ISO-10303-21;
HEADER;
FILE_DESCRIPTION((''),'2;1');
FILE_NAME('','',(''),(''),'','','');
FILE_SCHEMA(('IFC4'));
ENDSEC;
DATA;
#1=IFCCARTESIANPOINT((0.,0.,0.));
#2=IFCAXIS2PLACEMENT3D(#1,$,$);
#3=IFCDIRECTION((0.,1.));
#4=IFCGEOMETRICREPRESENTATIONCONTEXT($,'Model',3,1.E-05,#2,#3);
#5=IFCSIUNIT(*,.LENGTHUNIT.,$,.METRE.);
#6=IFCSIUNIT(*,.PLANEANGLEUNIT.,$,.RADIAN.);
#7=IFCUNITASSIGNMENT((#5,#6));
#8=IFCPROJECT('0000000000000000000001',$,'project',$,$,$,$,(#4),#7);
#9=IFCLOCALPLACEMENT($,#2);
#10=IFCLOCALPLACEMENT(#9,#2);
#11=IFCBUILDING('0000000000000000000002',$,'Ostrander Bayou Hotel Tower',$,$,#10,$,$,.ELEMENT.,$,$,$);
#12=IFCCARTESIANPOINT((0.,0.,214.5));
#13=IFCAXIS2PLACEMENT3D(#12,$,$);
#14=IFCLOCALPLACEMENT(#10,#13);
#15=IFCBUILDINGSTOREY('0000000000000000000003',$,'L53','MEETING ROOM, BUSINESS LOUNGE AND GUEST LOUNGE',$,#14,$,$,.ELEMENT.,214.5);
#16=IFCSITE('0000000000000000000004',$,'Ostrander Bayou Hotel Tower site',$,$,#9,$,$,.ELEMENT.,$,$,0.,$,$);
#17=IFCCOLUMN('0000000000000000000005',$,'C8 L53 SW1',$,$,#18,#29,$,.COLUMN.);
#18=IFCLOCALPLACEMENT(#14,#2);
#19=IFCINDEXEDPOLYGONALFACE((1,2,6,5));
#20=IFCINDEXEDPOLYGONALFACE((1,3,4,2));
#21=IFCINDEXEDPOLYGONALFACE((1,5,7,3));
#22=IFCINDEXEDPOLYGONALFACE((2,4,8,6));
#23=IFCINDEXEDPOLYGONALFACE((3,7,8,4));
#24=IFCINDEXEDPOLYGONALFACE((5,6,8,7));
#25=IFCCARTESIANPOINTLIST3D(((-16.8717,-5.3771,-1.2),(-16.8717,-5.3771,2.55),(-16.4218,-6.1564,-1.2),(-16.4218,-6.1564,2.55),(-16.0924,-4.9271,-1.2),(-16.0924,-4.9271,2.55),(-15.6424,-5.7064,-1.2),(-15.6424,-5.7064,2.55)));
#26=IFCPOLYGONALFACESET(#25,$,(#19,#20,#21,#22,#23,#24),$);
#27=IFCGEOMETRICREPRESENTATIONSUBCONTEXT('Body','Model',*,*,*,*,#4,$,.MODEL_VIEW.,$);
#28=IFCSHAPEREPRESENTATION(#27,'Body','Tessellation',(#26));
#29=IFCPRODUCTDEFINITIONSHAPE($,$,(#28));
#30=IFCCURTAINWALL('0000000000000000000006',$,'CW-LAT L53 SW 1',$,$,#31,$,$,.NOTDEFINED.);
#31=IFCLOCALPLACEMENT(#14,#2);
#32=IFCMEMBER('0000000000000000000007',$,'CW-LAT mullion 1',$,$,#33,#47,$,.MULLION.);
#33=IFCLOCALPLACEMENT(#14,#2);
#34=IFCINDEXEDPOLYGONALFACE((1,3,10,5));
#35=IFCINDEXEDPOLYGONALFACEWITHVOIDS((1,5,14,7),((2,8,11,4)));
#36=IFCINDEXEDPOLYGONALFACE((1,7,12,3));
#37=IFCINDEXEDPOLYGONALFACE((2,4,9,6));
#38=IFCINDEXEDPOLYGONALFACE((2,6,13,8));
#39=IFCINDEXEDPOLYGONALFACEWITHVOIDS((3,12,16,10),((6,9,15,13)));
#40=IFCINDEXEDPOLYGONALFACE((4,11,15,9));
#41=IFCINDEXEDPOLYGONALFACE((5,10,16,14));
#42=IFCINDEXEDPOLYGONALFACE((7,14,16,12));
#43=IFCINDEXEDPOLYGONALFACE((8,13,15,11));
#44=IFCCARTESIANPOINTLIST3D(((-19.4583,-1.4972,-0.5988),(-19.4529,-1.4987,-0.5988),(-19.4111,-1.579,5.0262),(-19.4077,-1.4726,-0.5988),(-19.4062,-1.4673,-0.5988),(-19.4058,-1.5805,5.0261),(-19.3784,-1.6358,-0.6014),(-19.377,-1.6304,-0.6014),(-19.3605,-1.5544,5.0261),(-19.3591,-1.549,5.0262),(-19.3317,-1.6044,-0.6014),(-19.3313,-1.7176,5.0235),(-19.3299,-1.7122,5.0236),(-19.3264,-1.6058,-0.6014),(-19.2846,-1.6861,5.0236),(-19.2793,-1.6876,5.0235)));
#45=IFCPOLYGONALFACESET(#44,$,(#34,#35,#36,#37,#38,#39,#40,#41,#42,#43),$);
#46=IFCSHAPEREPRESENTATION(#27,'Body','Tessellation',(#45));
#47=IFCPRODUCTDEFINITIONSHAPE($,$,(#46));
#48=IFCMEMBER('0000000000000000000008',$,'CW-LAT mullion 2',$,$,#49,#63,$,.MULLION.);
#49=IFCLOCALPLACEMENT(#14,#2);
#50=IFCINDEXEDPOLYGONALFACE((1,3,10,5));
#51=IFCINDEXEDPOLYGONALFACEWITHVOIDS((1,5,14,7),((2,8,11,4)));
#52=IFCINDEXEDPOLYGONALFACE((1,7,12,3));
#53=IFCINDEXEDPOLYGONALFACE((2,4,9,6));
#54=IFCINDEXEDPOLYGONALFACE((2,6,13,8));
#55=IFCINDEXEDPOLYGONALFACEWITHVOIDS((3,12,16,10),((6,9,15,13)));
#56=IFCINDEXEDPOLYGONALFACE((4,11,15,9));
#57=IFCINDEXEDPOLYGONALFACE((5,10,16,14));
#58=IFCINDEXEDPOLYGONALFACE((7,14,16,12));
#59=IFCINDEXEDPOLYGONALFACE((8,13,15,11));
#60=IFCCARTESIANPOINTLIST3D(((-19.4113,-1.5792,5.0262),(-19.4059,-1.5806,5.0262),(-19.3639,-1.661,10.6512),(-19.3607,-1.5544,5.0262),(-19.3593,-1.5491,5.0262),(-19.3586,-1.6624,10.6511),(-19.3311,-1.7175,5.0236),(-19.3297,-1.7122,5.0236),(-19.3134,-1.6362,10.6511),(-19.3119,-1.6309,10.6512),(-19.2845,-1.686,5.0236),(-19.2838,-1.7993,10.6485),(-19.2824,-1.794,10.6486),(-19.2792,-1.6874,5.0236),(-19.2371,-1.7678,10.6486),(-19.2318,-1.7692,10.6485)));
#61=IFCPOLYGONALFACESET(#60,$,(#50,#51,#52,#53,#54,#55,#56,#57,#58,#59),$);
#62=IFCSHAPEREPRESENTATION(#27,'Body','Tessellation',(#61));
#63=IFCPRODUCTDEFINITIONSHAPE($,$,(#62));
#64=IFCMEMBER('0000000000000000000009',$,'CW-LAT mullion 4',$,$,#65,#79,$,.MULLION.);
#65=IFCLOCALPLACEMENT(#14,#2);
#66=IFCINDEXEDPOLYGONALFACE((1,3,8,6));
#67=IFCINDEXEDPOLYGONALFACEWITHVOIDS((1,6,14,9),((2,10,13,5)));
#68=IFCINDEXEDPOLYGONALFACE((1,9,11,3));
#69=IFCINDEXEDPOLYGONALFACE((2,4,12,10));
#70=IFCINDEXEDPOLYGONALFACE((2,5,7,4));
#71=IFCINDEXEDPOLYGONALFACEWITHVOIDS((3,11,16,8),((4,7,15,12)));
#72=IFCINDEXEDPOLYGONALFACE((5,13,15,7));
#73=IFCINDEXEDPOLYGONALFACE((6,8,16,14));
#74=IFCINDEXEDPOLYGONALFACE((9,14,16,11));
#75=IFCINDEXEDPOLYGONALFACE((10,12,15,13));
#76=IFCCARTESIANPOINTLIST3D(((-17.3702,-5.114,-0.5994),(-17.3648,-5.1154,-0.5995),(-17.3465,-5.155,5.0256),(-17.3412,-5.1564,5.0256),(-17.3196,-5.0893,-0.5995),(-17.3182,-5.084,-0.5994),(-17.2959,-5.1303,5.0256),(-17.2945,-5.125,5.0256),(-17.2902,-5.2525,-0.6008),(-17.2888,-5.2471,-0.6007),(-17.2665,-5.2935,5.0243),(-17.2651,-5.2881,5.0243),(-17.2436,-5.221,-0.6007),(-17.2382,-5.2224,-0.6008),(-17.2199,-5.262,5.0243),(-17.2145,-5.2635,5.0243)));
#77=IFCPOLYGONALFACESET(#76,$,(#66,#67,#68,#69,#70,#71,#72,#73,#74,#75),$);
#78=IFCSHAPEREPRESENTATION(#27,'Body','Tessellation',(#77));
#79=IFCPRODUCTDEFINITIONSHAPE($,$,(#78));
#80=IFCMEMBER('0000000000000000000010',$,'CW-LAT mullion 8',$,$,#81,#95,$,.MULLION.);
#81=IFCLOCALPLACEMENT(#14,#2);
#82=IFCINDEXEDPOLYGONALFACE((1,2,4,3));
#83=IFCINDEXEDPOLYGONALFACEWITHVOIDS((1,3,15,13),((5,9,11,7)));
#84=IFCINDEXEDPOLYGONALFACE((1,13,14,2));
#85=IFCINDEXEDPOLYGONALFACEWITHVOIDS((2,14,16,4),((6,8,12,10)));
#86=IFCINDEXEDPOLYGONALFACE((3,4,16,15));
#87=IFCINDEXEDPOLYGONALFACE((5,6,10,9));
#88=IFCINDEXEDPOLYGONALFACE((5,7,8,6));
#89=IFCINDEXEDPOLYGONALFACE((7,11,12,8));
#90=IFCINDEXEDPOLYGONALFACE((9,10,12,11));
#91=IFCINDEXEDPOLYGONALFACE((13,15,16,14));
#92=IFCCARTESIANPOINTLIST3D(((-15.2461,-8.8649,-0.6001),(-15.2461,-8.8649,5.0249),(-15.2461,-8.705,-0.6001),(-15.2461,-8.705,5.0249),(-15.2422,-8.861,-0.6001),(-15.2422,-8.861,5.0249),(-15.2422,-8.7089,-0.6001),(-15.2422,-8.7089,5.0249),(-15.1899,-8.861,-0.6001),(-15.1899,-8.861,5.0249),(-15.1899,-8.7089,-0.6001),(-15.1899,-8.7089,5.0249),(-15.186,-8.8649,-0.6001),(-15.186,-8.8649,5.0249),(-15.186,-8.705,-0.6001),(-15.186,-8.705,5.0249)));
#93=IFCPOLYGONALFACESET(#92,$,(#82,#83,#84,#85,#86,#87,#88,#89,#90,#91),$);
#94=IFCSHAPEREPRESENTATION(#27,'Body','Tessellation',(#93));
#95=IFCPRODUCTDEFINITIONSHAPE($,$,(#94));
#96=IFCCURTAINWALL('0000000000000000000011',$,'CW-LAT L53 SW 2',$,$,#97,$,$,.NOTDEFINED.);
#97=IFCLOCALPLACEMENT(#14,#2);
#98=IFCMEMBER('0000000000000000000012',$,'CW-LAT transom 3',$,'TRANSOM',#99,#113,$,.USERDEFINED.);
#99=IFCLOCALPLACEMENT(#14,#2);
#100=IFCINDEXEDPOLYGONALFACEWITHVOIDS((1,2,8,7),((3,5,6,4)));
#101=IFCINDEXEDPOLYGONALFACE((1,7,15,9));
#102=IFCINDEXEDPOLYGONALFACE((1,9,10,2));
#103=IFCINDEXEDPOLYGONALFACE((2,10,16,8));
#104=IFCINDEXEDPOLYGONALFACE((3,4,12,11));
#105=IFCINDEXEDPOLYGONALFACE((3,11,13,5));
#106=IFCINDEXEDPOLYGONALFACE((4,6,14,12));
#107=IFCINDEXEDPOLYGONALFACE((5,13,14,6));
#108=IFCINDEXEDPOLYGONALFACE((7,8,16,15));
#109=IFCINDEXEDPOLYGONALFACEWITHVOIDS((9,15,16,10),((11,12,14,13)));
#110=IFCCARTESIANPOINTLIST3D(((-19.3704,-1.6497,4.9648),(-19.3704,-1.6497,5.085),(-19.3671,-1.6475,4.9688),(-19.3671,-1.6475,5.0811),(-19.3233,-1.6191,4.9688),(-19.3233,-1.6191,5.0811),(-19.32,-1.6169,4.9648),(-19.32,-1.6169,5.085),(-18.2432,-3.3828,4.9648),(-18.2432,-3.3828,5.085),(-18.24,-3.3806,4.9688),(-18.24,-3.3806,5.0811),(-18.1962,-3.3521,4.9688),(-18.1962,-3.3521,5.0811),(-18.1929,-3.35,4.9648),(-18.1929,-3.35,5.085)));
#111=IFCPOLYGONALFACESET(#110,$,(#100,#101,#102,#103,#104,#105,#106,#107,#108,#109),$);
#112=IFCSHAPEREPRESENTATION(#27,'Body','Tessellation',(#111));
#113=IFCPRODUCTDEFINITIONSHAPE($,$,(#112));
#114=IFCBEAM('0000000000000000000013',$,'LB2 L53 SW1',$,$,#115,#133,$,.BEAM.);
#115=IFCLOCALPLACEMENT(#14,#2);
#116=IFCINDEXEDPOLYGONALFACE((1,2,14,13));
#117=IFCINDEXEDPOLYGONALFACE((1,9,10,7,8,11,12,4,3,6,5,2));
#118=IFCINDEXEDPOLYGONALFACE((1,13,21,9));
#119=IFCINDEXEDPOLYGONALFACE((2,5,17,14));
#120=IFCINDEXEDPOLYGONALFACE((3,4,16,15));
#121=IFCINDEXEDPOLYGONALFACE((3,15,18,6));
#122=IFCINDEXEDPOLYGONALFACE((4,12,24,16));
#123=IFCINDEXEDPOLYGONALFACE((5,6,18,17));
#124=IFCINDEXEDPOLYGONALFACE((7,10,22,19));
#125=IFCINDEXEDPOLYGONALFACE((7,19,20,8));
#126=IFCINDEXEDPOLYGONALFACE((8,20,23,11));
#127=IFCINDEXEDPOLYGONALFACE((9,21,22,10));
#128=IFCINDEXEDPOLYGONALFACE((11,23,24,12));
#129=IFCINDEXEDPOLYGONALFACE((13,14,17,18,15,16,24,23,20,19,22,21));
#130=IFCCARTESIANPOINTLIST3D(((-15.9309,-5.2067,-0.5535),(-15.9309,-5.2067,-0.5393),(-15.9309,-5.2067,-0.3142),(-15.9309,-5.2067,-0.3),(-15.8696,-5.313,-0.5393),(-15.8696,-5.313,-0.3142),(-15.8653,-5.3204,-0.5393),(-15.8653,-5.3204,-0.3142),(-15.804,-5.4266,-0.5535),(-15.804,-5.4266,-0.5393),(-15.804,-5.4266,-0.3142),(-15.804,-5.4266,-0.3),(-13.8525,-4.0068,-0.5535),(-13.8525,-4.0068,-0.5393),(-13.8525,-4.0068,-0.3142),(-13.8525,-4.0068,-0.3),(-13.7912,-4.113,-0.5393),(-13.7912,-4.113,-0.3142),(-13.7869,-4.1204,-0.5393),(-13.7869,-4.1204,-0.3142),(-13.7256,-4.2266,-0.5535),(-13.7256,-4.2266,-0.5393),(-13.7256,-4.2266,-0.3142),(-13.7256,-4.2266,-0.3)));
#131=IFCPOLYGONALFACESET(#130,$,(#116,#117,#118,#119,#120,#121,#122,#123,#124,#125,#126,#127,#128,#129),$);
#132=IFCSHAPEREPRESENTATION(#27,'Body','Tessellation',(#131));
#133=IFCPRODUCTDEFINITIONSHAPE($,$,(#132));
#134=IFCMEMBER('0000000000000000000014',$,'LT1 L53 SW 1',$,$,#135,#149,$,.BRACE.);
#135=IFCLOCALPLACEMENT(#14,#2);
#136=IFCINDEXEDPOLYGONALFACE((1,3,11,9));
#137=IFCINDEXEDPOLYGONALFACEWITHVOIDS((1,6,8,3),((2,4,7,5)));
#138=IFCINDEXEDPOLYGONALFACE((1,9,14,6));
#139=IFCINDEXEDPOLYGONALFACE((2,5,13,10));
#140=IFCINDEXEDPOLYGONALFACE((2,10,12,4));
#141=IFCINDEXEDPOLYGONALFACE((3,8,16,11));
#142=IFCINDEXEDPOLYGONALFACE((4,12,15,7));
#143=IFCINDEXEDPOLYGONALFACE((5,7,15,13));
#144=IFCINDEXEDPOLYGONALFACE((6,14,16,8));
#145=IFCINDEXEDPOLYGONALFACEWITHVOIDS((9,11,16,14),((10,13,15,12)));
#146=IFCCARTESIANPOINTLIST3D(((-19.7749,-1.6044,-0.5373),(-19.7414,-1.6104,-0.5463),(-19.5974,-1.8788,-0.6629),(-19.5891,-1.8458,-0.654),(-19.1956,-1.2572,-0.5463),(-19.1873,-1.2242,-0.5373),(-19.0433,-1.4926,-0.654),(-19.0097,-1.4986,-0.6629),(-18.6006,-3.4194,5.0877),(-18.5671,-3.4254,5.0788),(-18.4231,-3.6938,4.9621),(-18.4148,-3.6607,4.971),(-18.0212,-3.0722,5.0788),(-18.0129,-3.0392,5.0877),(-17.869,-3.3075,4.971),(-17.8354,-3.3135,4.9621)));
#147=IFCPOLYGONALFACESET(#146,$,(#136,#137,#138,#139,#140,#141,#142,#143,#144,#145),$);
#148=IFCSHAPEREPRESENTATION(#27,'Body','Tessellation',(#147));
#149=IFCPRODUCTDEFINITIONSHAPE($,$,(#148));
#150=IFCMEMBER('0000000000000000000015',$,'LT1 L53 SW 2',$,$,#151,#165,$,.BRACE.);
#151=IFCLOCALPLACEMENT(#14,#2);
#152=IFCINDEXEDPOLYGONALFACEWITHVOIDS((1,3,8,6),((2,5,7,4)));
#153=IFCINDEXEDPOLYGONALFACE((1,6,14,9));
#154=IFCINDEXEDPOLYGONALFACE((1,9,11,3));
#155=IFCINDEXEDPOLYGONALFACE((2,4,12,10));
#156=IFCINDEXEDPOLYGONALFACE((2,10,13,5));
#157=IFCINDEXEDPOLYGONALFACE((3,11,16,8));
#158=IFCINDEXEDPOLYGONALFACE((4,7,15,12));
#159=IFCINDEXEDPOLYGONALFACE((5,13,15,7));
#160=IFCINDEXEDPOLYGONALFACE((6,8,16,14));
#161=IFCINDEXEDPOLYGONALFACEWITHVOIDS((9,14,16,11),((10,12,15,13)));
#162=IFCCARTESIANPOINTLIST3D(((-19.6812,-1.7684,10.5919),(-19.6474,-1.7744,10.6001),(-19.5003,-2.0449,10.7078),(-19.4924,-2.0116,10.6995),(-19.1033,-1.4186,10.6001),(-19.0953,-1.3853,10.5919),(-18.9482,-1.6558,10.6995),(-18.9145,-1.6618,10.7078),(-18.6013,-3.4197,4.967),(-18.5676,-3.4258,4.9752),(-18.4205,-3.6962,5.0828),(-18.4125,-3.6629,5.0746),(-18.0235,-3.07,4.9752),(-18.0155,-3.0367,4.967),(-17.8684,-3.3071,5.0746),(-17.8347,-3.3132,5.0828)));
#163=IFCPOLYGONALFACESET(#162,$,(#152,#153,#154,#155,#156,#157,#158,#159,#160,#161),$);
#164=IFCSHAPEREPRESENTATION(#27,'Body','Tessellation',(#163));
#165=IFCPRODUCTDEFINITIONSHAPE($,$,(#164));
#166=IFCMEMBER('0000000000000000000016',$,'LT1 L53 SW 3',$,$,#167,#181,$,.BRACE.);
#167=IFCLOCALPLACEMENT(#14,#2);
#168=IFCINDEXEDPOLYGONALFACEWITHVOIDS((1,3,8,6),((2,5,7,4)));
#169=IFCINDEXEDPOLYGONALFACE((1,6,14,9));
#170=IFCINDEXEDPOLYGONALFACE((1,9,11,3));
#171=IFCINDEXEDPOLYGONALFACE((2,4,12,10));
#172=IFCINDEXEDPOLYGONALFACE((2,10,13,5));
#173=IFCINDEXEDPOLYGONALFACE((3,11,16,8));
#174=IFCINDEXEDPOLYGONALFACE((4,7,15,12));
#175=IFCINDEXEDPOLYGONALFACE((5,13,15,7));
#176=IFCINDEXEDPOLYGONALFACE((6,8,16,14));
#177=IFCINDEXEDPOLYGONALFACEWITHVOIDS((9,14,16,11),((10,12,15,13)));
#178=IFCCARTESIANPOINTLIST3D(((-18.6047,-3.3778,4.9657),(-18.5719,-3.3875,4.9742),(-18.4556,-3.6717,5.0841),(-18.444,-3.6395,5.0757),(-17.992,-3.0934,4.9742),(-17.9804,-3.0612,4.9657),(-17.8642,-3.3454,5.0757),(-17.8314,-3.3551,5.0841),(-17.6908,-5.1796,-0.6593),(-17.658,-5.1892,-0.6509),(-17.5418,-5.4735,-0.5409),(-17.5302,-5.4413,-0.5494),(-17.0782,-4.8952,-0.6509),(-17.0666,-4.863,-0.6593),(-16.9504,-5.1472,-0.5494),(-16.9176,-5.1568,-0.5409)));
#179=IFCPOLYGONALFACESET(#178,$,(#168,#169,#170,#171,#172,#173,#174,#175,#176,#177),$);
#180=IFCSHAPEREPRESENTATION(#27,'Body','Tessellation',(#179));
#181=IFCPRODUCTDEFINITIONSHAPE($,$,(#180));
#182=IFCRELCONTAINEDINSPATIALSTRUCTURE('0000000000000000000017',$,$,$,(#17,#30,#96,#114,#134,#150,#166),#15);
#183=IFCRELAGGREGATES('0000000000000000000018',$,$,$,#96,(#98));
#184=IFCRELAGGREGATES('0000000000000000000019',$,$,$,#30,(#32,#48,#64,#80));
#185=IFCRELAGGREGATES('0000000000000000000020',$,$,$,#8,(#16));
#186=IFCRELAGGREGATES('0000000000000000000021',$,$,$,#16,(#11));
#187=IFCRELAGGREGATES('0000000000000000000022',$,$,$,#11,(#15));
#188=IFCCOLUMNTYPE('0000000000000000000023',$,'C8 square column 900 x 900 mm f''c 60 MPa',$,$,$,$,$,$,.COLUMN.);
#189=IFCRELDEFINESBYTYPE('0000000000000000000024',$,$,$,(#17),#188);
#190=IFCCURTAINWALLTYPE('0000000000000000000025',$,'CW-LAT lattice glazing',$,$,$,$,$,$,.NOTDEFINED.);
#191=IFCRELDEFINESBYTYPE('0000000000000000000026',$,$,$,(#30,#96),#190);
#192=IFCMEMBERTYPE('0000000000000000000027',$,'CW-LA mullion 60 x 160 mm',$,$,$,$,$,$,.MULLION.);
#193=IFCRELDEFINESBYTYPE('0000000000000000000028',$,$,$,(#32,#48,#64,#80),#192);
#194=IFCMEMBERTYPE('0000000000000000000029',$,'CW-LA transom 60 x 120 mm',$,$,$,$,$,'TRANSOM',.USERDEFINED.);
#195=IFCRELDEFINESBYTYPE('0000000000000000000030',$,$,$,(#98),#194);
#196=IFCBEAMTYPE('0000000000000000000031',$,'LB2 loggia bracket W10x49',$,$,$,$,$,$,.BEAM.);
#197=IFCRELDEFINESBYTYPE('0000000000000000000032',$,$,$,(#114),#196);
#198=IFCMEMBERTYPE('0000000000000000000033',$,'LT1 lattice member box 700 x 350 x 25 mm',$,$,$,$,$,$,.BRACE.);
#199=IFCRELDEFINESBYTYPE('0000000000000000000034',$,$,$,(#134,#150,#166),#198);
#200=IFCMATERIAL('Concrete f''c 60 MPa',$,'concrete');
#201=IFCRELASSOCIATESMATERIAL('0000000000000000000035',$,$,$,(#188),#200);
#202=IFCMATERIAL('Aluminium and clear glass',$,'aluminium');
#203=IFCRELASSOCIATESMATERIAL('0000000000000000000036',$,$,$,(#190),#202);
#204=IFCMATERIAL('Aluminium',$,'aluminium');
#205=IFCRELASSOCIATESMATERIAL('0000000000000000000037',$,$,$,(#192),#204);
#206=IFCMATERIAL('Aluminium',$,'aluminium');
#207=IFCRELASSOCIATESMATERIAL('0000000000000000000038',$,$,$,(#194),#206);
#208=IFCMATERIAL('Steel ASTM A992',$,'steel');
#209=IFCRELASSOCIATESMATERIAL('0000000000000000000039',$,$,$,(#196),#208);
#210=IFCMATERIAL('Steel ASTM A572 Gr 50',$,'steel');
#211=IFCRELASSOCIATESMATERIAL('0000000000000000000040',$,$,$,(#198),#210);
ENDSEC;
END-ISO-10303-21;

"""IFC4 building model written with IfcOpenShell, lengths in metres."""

from ifc_helpers import new_model, si_unit, direction, frame, origin, origin_2d, place, context, subcontext, project, spatial, rectangle, hollow_rectangle, i_section, extrude, material, material_profile, profile_set, type_object, element, aggregate, save


model = new_model("IFC4")

# Units and contexts
model_context = context("Model", 3, precision=1e-05, world=origin(), true_north=direction((0.0, 1.0)))
body_context = subcontext(model_context, "Body", "Model", "MODEL_VIEW")
ifc_project = project(units=[si_unit("LENGTHUNIT", "METRE"), si_unit("PLANEANGLEUNIT", "RADIAN")], contexts=[model_context])

# Site, building, storey
site_placement = place(None, origin())
site = spatial("IfcSite", under=ifc_project, at=site_placement, Name="Ostrander Bayou Hotel Tower site", CompositionType="ELEMENT", RefElevation=0.0)
building_placement = place(site_placement, origin())
building = spatial("IfcBuilding", under=site, at=building_placement, Name="Ostrander Bayou Hotel Tower", CompositionType="ELEMENT")
storey_placement = place(building_placement, frame((0.0, 0.0, 214.5)))
storey = spatial("IfcBuildingStorey", under=building, at=storey_placement, Name="L53", Description="MEETING ROOM, BUSINESS LOUNGE AND GUEST LOUNGE", CompositionType="ELEMENT", Elevation=214.5)

# Column
ifc_material_1 = material(Name="Concrete f'c 60 MPa", Category="concrete")
ifc_material_profile_1 = material_profile(ifc_material_1, rectangle(XDim=0.8999, YDim=0.8999, at=origin_2d()))
ifc_profile_set_1 = profile_set([ifc_material_profile_1], Name="Concrete f'c 60 MPa")
column_type = type_object("IfcColumnType", Name="C8 square column 900 x 900 mm f'c 60 MPa", PredefinedType="COLUMN", material=ifc_profile_set_1)
column_placement = place(storey_placement, frame((-16.2571, -5.5417, -1.2), z_axis=(0.0, 0.0, 1.0), x_axis=(-0.5, 0.866025, 0.0)))
element("IfcColumn", 1, at=column_placement, inside=storey, type_object=column_type, Name="C8 L53 SW1", PredefinedType="COLUMN", context=body_context, shape_type="SweptSolid", body=[
    extrude(rectangle(XDim=0.8999, YDim=0.8999, at=origin_2d()), origin(), (0.0, 0.0, 1.0), 3.75),
])

# Curtain wall, members
ifc_material_2 = material(Name="Aluminium and clear glass", Category="aluminium")
curtain_wall_type = type_object("IfcCurtainWallType", Name="CW-LAT lattice glazing", PredefinedType="NOTDEFINED", material=ifc_material_2)
curtain_wall_1_placement = place(storey_placement, origin())
curtain_wall_1 = element("IfcCurtainWall", 2, at=curtain_wall_1_placement, inside=storey, type_object=curtain_wall_type, Name="CW-LAT L53 SW 1", PredefinedType="NOTDEFINED")
ifc_material_3 = material(Name="Aluminium", Category="aluminium")
ifc_material_profile_2 = material_profile(ifc_material_3, hollow_rectangle(XDim=0.0601, YDim=0.1599, WallThickness=0.0039, at=origin_2d()))
ifc_profile_set_2 = profile_set([ifc_material_profile_2], Name="Aluminium")
member_type_1 = type_object("IfcMemberType", Name="CW-LA mullion 60 x 160 mm", PredefinedType="MULLION", material=ifc_profile_set_2)
member_1_placement = place(storey_placement, frame((-19.3923, -1.5515, -0.6001), z_axis=(0.008376, -0.014538, 0.999859), x_axis=(0.866487, 0.4992, 0.0)))
member_1 = element("IfcMember", 3, at=member_1_placement, type_object=member_type_1, Name="CW-LAT mullion 1", PredefinedType="MULLION", context=body_context, shape_type="SweptSolid", body=[
    extrude(hollow_rectangle(XDim=0.0601, YDim=0.1599, WallThickness=0.0039, at=origin_2d()), origin(), (0.0, 0.0, 1.0), 5.6257),
])
member_2_placement = place(storey_placement, frame((-19.3452, -1.6333, 5.0249), z_axis=(0.008419, -0.014538, 0.999859), x_axis=(0.865367, 0.501138, 0.0)))
member_2 = element("IfcMember", 4, at=member_2_placement, type_object=member_type_1, Name="CW-LAT mullion 2", PredefinedType="MULLION", context=body_context, shape_type="SweptSolid", body=[
    extrude(hollow_rectangle(XDim=0.0601, YDim=0.1599, WallThickness=0.0039, at=origin_2d()), origin(), (0.0, 0.0, 1.0), 5.6257),
])
member_3_placement = place(storey_placement, frame((-17.3042, -5.1682, -0.6001), z_axis=(0.00421, -0.007291, 0.999965), x_axis=(0.866014, 0.50002, 0.0)))
member_3 = element("IfcMember", 5, at=member_3_placement, type_object=member_type_1, Name="CW-LAT mullion 4", PredefinedType="MULLION", context=body_context, shape_type="SweptSolid", body=[
    extrude(hollow_rectangle(XDim=0.0601, YDim=0.1599, WallThickness=0.0039, at=origin_2d()), origin(), (0.0, 0.0, 1.0), 5.6252),
])
member_4_placement = place(storey_placement, frame((-15.2161, -8.7849, -0.6001), z_axis=(0.0, 0.0, 1.0), x_axis=(1.0, 0.0, 0.0)))
member_4 = element("IfcMember", 6, at=member_4_placement, type_object=member_type_1, Name="CW-LAT mullion 8", PredefinedType="MULLION", context=body_context, shape_type="SweptSolid", body=[
    extrude(hollow_rectangle(XDim=0.0601, YDim=0.1599, WallThickness=0.0039, at=origin_2d()), origin(), (0.0, 0.0, 1.0), 5.625),
])

# Curtain wall, member
curtain_wall_2_placement = place(storey_placement, origin())
curtain_wall_2 = element("IfcCurtainWall", 7, at=curtain_wall_2_placement, inside=storey, type_object=curtain_wall_type, Name="CW-LAT L53 SW 2", PredefinedType="NOTDEFINED")
ifc_material_4 = material(Name="Aluminium", Category="aluminium")
ifc_material_profile_3 = material_profile(ifc_material_4, hollow_rectangle(XDim=0.0601, YDim=0.1201, WallThickness=0.0039, at=origin_2d()))
ifc_profile_set_3 = profile_set([ifc_material_profile_3], Name="Aluminium")
member_type_2 = type_object("IfcMemberType", Name="CW-LA transom 60 x 120 mm", ElementType="TRANSOM", PredefinedType="USERDEFINED", material=ifc_profile_set_3)
member_5_placement = place(storey_placement, frame((-19.3452, -1.6333, 5.0249), z_axis=(0.545208, -0.838301, 0.0), x_axis=(0.838301, 0.545208, 0.0)))
member_5 = element("IfcMember", 8, at=member_5_placement, type_object=member_type_2, Name="CW-LAT transom 3", ObjectType="TRANSOM", PredefinedType="USERDEFINED", context=body_context, shape_type="SweptSolid", body=[
    extrude(hollow_rectangle(XDim=0.0601, YDim=0.1201, WallThickness=0.0039, at=origin_2d()), origin(), (0.0, 0.0, 1.0), 2.0674),
])
aggregate(curtain_wall_2, [member_5])

# Beam
ifc_material_5 = material(Name="Steel ASTM A992", Category="steel")
ifc_material_profile_4 = material_profile(ifc_material_5, i_section(OverallWidth=0.2539, OverallDepth=0.2534, WebThickness=0.0085, FlangeThickness=0.0142, at=origin_2d()))
ifc_profile_set_4 = profile_set([ifc_material_profile_4], Name="Steel ASTM A992")
beam_type_1 = type_object("IfcBeamType", Name="LB2 loggia bracket W10x49", PredefinedType="BEAM", material=ifc_profile_set_4)
beam_1_placement = place(storey_placement, frame((-15.8674, -5.3167, -0.4268), z_axis=(0.866025, 0.500001, 0.0), x_axis=(-0.500001, 0.866025, 0.0)))
element("IfcBeam", 9, at=beam_1_placement, inside=storey, type_object=beam_type_1, Name="LB2 L53 SW1", PredefinedType="BEAM", context=body_context, shape_type="SweptSolid", body=[
    extrude(i_section(OverallWidth=0.2539, OverallDepth=0.2534, WebThickness=0.0085, FlangeThickness=0.0142, at=origin_2d()), origin(), (0.0, 0.0, 1.0), 2.3999),
])

# Members
ifc_material_6 = material(Name="Steel ASTM A572 Gr 50", Category="steel")
ifc_material_profile_5 = material_profile(ifc_material_6, hollow_rectangle(XDim=0.7, YDim=0.3501, WallThickness=0.0249, at=origin_2d()))
ifc_profile_set_5 = profile_set([ifc_material_profile_5], Name="Steel ASTM A572 Gr 50")
member_type_3 = type_object("IfcMemberType", Name="LT1 lattice member box 700 x 350 x 25 mm", PredefinedType="BRACE", material=ifc_profile_set_5)
member_6_placement = place(storey_placement, frame((-18.218, -3.3665, 5.0249), z_axis=(-0.194872, 0.301181, -0.933442), x_axis=(-0.839582, -0.543233, 0.0)))
element("IfcMember", 10, at=member_6_placement, inside=storey, type_object=member_type_3, Name="LT1 L53 SW 1", PredefinedType="BRACE", context=body_context, shape_type="SweptSolid", body=[
    extrude(hollow_rectangle(XDim=0.7, YDim=0.3501, WallThickness=0.0249, at=origin_2d()), origin(), (0.0, 0.0, 1.0), 6.0261),
])
member_7_placement = place(storey_placement, frame((-18.218, -3.3665, 5.0249), z_axis=(-0.181149, 0.277028, 0.943632), x_axis=(-0.836948, -0.547283, 0.0)))
element("IfcMember", 11, at=member_7_placement, inside=storey, type_object=member_type_3, Name="LT1 L53 SW 2", PredefinedType="BRACE", context=body_context, shape_type="SweptSolid", body=[
    extrude(hollow_rectangle(XDim=0.7, YDim=0.3501, WallThickness=0.0249, at=origin_2d()), origin(), (0.0, 0.0, 1.0), 5.9609),
])
member_8_placement = place(storey_placement, frame((-18.218, -3.3665, 5.0249), z_axis=(0.152895, -0.301459, -0.941141), x_axis=(0.891851, 0.45233, 0.0)))
element("IfcMember", 12, at=member_8_placement, inside=storey, type_object=member_type_3, Name="LT1 L53 SW 3", PredefinedType="BRACE", context=body_context, shape_type="SweptSolid", body=[
    extrude(hollow_rectangle(XDim=0.7, YDim=0.3501, WallThickness=0.0249, at=origin_2d()), origin(), (0.0, 0.0, 1.0), 5.9768),
])

aggregate(curtain_wall_1, [member_1, member_2, member_3, member_4])

save(model, "model.ifc")
